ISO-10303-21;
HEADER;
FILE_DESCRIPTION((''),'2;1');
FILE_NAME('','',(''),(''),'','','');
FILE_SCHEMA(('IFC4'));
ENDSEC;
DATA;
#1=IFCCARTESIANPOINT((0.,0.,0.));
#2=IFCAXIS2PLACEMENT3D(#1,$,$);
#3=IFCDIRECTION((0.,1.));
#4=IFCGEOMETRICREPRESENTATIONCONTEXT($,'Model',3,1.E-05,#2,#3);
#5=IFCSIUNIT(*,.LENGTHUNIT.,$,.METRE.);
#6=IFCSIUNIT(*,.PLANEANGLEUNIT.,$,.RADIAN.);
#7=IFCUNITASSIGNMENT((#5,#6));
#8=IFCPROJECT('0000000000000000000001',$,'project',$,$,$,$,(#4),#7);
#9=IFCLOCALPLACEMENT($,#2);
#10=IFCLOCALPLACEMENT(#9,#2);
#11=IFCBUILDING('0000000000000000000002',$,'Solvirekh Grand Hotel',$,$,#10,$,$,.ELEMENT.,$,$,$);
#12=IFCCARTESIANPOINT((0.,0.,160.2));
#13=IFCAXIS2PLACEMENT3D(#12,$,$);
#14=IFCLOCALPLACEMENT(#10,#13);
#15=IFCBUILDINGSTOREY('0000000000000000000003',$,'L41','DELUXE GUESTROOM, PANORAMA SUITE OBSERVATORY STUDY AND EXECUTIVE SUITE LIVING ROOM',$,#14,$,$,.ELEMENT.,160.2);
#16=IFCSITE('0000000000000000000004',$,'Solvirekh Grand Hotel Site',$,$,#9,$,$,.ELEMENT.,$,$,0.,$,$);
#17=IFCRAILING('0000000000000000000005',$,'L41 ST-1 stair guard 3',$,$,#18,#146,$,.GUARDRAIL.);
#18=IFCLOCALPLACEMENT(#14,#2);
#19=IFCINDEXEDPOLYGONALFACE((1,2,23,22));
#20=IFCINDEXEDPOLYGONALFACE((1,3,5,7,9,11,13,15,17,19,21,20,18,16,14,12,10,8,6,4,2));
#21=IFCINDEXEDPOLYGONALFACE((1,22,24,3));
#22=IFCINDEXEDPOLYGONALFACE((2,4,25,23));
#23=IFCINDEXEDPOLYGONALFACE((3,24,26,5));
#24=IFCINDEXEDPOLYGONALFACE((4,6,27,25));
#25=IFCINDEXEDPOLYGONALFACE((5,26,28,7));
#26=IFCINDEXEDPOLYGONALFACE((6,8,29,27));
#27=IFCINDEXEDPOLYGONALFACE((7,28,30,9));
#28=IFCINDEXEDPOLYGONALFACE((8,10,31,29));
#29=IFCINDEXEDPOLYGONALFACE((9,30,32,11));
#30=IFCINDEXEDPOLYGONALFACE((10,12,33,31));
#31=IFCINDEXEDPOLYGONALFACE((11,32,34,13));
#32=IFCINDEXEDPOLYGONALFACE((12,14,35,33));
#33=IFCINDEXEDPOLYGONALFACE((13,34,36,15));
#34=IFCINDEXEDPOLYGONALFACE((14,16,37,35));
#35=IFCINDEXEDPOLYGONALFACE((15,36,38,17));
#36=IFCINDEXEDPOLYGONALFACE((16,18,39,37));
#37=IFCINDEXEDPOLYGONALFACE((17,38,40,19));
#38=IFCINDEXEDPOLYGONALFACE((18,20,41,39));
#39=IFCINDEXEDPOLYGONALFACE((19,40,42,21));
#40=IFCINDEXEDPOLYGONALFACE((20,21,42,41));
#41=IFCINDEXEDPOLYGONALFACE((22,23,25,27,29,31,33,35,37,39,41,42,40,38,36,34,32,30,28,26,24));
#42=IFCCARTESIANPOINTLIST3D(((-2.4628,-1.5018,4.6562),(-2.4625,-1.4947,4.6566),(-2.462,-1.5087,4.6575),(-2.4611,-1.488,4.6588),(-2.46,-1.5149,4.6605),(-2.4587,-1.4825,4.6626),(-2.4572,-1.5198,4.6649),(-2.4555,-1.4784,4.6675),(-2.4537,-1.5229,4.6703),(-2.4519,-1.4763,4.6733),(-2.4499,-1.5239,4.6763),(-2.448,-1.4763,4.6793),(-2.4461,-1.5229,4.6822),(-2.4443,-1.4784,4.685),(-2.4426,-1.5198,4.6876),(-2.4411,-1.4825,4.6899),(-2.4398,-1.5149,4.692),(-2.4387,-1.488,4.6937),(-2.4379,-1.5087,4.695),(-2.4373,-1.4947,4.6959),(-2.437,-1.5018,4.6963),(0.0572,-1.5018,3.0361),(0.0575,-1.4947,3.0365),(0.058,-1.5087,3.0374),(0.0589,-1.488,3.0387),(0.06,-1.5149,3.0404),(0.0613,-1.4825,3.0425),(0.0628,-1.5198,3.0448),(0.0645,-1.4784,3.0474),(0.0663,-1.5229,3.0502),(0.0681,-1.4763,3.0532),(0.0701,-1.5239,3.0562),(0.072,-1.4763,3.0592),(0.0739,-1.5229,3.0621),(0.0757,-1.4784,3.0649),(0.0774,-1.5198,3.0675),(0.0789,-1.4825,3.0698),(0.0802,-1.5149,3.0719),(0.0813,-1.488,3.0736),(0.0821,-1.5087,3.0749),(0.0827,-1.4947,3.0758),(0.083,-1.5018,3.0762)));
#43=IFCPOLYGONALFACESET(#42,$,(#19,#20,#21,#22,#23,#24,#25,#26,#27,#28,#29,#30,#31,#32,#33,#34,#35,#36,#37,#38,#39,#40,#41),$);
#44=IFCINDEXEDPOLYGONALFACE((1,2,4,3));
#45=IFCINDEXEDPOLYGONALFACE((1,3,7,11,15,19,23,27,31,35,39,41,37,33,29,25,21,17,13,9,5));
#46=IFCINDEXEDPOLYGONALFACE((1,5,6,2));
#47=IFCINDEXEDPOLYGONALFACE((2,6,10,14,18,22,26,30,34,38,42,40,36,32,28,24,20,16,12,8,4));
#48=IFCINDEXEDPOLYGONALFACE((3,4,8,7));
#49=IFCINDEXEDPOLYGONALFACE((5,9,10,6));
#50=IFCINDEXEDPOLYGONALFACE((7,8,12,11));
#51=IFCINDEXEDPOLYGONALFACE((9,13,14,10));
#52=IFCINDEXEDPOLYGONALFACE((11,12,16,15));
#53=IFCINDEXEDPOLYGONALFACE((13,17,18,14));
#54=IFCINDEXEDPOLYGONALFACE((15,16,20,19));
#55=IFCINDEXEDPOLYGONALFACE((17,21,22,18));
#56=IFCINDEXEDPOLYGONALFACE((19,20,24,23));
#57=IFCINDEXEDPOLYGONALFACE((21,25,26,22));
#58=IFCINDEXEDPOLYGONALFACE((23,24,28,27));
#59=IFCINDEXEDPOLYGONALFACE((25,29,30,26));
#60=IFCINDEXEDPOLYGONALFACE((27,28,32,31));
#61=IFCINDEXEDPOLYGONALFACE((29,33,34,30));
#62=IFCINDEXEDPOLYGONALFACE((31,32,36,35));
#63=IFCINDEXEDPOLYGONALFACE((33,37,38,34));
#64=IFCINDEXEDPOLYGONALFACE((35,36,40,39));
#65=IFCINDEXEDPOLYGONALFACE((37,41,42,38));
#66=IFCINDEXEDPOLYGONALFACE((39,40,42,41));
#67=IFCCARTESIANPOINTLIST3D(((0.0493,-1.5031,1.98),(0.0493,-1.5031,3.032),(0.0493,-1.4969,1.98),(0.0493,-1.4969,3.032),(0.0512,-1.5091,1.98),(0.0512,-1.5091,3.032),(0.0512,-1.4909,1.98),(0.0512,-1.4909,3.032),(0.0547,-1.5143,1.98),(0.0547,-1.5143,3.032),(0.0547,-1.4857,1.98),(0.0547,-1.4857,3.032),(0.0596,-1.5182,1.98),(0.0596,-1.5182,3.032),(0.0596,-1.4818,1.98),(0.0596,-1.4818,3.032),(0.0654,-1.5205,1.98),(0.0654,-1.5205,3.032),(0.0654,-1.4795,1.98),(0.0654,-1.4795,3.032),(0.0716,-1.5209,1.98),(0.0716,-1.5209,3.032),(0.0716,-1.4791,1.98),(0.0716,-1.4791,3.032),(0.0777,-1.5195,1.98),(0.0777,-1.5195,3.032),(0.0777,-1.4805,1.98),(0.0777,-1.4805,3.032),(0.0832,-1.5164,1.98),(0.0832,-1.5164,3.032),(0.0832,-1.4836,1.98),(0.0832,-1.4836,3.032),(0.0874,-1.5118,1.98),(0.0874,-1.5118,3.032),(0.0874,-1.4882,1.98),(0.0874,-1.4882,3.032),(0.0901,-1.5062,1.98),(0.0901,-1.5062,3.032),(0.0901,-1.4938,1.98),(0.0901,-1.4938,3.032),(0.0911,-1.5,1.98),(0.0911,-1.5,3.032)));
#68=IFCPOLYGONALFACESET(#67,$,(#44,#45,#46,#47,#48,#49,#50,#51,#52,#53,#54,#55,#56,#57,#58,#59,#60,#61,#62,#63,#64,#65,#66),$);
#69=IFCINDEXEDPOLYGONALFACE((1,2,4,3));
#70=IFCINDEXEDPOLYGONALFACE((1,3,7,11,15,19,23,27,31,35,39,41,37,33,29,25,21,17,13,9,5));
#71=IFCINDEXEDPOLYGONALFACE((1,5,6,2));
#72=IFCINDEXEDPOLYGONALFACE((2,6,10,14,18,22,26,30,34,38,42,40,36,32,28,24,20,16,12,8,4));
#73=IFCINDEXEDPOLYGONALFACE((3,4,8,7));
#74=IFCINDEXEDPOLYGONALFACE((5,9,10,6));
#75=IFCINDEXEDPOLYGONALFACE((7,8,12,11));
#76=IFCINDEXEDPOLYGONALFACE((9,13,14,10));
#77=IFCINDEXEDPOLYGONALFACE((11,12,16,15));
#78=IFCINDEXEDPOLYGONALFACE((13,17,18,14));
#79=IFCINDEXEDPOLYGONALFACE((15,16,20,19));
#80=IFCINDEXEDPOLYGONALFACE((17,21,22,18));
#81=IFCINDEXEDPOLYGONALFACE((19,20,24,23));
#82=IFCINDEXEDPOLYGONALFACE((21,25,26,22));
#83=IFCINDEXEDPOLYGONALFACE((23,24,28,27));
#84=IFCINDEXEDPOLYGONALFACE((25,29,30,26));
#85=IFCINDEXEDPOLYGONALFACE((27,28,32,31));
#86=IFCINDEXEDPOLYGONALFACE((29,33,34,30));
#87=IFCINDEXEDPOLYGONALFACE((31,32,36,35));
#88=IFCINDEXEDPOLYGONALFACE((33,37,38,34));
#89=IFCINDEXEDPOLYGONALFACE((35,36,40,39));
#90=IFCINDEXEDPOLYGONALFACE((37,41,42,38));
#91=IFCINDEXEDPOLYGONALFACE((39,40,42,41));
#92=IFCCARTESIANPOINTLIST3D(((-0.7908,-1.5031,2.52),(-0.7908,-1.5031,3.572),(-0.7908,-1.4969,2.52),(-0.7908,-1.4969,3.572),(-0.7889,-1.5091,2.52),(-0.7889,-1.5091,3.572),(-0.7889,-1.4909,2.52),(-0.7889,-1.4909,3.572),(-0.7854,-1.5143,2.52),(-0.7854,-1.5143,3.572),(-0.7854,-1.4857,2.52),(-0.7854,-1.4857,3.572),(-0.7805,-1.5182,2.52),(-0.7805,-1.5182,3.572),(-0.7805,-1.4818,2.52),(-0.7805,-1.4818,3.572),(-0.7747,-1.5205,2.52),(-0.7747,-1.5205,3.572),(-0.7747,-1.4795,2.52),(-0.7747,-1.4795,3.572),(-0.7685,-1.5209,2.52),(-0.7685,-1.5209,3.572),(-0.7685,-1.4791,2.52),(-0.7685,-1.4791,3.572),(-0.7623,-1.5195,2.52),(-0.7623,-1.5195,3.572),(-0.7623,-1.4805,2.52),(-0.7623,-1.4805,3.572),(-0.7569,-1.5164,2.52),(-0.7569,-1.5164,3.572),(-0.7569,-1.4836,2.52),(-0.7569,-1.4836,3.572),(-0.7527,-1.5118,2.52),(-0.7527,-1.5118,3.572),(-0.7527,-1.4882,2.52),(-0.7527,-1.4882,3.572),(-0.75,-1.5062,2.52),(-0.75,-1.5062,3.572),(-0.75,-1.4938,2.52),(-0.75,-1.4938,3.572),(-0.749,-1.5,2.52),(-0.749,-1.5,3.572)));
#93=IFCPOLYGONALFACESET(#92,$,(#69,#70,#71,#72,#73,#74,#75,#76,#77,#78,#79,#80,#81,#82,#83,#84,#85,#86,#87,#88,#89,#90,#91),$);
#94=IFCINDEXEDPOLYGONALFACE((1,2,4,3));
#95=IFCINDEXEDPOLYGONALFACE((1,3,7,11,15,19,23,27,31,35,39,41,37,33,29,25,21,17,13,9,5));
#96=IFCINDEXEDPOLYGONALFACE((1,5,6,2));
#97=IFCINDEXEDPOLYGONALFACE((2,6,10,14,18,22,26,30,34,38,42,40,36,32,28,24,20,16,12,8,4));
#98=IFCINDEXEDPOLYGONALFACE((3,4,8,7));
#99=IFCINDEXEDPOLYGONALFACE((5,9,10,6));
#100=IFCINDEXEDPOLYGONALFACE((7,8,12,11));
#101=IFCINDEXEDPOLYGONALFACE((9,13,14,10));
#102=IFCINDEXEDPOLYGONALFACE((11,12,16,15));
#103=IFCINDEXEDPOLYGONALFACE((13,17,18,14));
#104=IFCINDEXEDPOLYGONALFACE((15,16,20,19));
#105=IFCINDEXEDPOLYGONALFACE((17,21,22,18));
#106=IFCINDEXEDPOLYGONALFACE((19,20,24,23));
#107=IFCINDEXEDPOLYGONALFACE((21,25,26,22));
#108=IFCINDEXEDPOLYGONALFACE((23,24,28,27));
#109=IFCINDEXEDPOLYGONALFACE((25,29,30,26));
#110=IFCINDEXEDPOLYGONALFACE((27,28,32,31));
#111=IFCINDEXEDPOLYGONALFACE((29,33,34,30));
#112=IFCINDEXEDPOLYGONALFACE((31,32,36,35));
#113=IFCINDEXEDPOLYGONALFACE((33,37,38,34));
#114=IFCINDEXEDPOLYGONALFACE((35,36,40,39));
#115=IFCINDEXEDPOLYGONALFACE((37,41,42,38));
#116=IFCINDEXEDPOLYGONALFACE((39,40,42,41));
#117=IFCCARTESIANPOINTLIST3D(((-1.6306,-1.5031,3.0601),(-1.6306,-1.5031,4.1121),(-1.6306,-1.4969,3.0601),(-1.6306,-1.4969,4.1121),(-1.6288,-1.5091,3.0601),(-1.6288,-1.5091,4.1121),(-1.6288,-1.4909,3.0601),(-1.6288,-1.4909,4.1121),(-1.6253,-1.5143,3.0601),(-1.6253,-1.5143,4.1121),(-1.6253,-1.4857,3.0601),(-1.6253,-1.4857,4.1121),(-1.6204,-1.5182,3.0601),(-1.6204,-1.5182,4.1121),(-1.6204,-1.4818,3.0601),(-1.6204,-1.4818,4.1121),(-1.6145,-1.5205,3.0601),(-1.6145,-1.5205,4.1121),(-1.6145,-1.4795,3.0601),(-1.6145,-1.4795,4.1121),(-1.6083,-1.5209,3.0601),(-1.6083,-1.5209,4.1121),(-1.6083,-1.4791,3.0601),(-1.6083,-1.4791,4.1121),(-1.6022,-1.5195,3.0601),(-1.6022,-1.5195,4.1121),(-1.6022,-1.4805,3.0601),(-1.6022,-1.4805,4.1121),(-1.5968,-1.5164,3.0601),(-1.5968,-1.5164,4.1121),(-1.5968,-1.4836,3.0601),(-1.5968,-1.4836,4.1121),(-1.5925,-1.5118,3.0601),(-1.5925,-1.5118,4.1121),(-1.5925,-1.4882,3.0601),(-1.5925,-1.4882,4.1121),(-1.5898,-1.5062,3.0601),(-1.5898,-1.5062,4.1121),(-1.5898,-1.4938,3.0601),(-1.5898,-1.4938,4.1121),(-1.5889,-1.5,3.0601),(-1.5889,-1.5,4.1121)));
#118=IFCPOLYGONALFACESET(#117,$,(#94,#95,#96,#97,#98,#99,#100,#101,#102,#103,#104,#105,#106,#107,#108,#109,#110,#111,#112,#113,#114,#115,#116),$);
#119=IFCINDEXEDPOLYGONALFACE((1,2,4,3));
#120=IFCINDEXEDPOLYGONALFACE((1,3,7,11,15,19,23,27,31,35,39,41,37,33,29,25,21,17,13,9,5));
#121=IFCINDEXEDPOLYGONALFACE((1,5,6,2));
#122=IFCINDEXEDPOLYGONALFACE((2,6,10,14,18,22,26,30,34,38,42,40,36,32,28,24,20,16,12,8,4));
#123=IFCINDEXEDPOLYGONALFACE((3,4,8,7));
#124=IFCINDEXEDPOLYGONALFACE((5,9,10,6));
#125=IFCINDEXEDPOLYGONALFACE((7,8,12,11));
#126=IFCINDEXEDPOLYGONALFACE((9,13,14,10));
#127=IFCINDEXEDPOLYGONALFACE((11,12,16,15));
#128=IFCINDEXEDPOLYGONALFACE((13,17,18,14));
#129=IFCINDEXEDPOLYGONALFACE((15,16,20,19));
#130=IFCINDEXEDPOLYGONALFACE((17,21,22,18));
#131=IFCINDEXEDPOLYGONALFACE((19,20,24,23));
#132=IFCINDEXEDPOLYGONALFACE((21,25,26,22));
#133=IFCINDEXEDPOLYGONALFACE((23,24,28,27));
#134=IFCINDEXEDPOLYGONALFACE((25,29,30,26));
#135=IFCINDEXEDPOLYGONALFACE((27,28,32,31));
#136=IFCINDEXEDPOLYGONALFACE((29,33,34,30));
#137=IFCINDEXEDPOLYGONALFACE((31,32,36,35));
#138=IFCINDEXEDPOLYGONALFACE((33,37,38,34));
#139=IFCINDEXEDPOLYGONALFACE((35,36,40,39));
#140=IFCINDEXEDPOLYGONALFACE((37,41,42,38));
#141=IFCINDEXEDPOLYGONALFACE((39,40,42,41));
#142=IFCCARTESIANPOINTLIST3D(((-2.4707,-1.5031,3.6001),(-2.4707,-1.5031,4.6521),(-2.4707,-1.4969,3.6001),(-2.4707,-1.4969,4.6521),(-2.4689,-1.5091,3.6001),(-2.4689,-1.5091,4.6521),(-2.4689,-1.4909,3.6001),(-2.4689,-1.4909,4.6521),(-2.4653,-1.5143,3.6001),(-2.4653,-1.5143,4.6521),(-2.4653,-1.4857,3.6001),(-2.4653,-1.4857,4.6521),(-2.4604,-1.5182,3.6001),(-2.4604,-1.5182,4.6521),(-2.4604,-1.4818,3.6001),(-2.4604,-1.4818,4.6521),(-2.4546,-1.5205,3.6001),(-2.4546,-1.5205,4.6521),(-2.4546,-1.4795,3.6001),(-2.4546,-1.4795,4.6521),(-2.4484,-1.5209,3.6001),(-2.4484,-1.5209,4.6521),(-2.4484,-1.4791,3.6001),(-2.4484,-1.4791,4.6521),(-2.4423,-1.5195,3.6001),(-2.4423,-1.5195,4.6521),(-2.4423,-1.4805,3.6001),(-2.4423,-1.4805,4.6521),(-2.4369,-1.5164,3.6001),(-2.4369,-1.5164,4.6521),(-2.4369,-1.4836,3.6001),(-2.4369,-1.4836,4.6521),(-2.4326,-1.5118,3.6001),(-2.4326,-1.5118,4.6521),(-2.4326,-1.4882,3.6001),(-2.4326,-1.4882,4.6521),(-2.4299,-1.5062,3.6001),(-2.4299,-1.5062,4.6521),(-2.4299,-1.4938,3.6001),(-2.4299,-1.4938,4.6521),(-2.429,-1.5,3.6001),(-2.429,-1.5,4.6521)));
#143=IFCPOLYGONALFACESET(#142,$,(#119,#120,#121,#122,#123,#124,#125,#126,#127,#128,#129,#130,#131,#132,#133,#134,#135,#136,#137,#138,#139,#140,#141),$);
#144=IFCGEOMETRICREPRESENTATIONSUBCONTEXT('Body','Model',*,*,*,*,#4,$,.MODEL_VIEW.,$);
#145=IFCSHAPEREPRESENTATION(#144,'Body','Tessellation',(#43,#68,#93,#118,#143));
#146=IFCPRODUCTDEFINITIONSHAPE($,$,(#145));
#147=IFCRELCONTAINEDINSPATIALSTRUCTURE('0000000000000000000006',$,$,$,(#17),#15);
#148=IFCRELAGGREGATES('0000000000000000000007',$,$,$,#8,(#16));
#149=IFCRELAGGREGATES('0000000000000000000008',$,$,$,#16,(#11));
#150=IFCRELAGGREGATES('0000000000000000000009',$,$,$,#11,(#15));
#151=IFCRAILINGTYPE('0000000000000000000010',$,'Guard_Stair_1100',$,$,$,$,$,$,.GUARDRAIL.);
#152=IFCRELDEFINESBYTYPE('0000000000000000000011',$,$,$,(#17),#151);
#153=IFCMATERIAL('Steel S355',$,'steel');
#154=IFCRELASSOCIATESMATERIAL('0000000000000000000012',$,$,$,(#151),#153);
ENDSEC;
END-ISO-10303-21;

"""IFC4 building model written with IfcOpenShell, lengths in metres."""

from ifc_helpers import new_model, si_unit, direction, frame, origin, origin_2d, place, context, subcontext, project, spatial, circle, extrude, material, type_object, element, save


model = new_model("IFC4")

# Units and contexts
model_context = context("Model", 3, precision=1e-05, world=origin(), true_north=direction((0.0, 1.0)))
body_context = subcontext(model_context, "Body", "Model", "MODEL_VIEW")
ifc_project = project(units=[si_unit("LENGTHUNIT", "METRE"), si_unit("PLANEANGLEUNIT", "RADIAN")], contexts=[model_context])

# Site, building, storey
site_placement = place(None, origin())
site = spatial("IfcSite", under=ifc_project, at=site_placement, Name="Solvirekh Grand Hotel Site", CompositionType="ELEMENT", RefElevation=0.0)
building_placement = place(site_placement, origin())
building = spatial("IfcBuilding", under=site, at=building_placement, Name="Solvirekh Grand Hotel", CompositionType="ELEMENT")
storey_placement = place(building_placement, frame((0.0, 0.0, 160.2)))
storey = spatial("IfcBuildingStorey", under=building, at=storey_placement, Name="L41", Description="DELUXE GUESTROOM, PANORAMA SUITE OBSERVATORY STUDY AND EXECUTIVE SUITE LIVING ROOM", CompositionType="ELEMENT", Elevation=160.2)

# Railing
ifc_material_1 = material(Name="Steel S355", Category="steel")
railing_type_1 = type_object("IfcRailingType", Name="Guard_Stair_1100", PredefinedType="GUARDRAIL", material=ifc_material_1)
railing_1_placement = place(storey_placement, frame((0.0701, -1.5, 1.98)))
element("IfcRailing", 1, at=railing_1_placement, inside=storey, type_object=railing_type_1, Name="L41 ST-1 stair guard 3", PredefinedType="GUARDRAIL", context=body_context, shape_type="SweptSolid", body=[
    extrude(circle(Radius=0.0239, at=origin_2d()), frame((0.0, 0.0, 1.0762), z_axis=(-0.841163, 0.0, 0.540782), x_axis=(0.0, -1.0, 0.0)), (0.0, 0.0, 1.0), 2.9958),
    extrude(circle(Radius=0.021, at=origin_2d()), origin(), (0.0, 0.0, 1.0), 1.052),
    extrude(circle(Radius=0.021, at=origin_2d()), frame((-0.8401, 0.0, 0.54)), (0.0, 0.0, 1.0), 1.052),
    extrude(circle(Radius=0.021, at=origin_2d()), frame((-1.6799, 0.0, 1.0801)), (0.0, 0.0, 1.0), 1.052),
    extrude(circle(Radius=0.021, at=origin_2d()), frame((-2.52, 0.0, 1.6201)), (0.0, 0.0, 1.0), 1.052),
])

save(model, "model.ifc")
